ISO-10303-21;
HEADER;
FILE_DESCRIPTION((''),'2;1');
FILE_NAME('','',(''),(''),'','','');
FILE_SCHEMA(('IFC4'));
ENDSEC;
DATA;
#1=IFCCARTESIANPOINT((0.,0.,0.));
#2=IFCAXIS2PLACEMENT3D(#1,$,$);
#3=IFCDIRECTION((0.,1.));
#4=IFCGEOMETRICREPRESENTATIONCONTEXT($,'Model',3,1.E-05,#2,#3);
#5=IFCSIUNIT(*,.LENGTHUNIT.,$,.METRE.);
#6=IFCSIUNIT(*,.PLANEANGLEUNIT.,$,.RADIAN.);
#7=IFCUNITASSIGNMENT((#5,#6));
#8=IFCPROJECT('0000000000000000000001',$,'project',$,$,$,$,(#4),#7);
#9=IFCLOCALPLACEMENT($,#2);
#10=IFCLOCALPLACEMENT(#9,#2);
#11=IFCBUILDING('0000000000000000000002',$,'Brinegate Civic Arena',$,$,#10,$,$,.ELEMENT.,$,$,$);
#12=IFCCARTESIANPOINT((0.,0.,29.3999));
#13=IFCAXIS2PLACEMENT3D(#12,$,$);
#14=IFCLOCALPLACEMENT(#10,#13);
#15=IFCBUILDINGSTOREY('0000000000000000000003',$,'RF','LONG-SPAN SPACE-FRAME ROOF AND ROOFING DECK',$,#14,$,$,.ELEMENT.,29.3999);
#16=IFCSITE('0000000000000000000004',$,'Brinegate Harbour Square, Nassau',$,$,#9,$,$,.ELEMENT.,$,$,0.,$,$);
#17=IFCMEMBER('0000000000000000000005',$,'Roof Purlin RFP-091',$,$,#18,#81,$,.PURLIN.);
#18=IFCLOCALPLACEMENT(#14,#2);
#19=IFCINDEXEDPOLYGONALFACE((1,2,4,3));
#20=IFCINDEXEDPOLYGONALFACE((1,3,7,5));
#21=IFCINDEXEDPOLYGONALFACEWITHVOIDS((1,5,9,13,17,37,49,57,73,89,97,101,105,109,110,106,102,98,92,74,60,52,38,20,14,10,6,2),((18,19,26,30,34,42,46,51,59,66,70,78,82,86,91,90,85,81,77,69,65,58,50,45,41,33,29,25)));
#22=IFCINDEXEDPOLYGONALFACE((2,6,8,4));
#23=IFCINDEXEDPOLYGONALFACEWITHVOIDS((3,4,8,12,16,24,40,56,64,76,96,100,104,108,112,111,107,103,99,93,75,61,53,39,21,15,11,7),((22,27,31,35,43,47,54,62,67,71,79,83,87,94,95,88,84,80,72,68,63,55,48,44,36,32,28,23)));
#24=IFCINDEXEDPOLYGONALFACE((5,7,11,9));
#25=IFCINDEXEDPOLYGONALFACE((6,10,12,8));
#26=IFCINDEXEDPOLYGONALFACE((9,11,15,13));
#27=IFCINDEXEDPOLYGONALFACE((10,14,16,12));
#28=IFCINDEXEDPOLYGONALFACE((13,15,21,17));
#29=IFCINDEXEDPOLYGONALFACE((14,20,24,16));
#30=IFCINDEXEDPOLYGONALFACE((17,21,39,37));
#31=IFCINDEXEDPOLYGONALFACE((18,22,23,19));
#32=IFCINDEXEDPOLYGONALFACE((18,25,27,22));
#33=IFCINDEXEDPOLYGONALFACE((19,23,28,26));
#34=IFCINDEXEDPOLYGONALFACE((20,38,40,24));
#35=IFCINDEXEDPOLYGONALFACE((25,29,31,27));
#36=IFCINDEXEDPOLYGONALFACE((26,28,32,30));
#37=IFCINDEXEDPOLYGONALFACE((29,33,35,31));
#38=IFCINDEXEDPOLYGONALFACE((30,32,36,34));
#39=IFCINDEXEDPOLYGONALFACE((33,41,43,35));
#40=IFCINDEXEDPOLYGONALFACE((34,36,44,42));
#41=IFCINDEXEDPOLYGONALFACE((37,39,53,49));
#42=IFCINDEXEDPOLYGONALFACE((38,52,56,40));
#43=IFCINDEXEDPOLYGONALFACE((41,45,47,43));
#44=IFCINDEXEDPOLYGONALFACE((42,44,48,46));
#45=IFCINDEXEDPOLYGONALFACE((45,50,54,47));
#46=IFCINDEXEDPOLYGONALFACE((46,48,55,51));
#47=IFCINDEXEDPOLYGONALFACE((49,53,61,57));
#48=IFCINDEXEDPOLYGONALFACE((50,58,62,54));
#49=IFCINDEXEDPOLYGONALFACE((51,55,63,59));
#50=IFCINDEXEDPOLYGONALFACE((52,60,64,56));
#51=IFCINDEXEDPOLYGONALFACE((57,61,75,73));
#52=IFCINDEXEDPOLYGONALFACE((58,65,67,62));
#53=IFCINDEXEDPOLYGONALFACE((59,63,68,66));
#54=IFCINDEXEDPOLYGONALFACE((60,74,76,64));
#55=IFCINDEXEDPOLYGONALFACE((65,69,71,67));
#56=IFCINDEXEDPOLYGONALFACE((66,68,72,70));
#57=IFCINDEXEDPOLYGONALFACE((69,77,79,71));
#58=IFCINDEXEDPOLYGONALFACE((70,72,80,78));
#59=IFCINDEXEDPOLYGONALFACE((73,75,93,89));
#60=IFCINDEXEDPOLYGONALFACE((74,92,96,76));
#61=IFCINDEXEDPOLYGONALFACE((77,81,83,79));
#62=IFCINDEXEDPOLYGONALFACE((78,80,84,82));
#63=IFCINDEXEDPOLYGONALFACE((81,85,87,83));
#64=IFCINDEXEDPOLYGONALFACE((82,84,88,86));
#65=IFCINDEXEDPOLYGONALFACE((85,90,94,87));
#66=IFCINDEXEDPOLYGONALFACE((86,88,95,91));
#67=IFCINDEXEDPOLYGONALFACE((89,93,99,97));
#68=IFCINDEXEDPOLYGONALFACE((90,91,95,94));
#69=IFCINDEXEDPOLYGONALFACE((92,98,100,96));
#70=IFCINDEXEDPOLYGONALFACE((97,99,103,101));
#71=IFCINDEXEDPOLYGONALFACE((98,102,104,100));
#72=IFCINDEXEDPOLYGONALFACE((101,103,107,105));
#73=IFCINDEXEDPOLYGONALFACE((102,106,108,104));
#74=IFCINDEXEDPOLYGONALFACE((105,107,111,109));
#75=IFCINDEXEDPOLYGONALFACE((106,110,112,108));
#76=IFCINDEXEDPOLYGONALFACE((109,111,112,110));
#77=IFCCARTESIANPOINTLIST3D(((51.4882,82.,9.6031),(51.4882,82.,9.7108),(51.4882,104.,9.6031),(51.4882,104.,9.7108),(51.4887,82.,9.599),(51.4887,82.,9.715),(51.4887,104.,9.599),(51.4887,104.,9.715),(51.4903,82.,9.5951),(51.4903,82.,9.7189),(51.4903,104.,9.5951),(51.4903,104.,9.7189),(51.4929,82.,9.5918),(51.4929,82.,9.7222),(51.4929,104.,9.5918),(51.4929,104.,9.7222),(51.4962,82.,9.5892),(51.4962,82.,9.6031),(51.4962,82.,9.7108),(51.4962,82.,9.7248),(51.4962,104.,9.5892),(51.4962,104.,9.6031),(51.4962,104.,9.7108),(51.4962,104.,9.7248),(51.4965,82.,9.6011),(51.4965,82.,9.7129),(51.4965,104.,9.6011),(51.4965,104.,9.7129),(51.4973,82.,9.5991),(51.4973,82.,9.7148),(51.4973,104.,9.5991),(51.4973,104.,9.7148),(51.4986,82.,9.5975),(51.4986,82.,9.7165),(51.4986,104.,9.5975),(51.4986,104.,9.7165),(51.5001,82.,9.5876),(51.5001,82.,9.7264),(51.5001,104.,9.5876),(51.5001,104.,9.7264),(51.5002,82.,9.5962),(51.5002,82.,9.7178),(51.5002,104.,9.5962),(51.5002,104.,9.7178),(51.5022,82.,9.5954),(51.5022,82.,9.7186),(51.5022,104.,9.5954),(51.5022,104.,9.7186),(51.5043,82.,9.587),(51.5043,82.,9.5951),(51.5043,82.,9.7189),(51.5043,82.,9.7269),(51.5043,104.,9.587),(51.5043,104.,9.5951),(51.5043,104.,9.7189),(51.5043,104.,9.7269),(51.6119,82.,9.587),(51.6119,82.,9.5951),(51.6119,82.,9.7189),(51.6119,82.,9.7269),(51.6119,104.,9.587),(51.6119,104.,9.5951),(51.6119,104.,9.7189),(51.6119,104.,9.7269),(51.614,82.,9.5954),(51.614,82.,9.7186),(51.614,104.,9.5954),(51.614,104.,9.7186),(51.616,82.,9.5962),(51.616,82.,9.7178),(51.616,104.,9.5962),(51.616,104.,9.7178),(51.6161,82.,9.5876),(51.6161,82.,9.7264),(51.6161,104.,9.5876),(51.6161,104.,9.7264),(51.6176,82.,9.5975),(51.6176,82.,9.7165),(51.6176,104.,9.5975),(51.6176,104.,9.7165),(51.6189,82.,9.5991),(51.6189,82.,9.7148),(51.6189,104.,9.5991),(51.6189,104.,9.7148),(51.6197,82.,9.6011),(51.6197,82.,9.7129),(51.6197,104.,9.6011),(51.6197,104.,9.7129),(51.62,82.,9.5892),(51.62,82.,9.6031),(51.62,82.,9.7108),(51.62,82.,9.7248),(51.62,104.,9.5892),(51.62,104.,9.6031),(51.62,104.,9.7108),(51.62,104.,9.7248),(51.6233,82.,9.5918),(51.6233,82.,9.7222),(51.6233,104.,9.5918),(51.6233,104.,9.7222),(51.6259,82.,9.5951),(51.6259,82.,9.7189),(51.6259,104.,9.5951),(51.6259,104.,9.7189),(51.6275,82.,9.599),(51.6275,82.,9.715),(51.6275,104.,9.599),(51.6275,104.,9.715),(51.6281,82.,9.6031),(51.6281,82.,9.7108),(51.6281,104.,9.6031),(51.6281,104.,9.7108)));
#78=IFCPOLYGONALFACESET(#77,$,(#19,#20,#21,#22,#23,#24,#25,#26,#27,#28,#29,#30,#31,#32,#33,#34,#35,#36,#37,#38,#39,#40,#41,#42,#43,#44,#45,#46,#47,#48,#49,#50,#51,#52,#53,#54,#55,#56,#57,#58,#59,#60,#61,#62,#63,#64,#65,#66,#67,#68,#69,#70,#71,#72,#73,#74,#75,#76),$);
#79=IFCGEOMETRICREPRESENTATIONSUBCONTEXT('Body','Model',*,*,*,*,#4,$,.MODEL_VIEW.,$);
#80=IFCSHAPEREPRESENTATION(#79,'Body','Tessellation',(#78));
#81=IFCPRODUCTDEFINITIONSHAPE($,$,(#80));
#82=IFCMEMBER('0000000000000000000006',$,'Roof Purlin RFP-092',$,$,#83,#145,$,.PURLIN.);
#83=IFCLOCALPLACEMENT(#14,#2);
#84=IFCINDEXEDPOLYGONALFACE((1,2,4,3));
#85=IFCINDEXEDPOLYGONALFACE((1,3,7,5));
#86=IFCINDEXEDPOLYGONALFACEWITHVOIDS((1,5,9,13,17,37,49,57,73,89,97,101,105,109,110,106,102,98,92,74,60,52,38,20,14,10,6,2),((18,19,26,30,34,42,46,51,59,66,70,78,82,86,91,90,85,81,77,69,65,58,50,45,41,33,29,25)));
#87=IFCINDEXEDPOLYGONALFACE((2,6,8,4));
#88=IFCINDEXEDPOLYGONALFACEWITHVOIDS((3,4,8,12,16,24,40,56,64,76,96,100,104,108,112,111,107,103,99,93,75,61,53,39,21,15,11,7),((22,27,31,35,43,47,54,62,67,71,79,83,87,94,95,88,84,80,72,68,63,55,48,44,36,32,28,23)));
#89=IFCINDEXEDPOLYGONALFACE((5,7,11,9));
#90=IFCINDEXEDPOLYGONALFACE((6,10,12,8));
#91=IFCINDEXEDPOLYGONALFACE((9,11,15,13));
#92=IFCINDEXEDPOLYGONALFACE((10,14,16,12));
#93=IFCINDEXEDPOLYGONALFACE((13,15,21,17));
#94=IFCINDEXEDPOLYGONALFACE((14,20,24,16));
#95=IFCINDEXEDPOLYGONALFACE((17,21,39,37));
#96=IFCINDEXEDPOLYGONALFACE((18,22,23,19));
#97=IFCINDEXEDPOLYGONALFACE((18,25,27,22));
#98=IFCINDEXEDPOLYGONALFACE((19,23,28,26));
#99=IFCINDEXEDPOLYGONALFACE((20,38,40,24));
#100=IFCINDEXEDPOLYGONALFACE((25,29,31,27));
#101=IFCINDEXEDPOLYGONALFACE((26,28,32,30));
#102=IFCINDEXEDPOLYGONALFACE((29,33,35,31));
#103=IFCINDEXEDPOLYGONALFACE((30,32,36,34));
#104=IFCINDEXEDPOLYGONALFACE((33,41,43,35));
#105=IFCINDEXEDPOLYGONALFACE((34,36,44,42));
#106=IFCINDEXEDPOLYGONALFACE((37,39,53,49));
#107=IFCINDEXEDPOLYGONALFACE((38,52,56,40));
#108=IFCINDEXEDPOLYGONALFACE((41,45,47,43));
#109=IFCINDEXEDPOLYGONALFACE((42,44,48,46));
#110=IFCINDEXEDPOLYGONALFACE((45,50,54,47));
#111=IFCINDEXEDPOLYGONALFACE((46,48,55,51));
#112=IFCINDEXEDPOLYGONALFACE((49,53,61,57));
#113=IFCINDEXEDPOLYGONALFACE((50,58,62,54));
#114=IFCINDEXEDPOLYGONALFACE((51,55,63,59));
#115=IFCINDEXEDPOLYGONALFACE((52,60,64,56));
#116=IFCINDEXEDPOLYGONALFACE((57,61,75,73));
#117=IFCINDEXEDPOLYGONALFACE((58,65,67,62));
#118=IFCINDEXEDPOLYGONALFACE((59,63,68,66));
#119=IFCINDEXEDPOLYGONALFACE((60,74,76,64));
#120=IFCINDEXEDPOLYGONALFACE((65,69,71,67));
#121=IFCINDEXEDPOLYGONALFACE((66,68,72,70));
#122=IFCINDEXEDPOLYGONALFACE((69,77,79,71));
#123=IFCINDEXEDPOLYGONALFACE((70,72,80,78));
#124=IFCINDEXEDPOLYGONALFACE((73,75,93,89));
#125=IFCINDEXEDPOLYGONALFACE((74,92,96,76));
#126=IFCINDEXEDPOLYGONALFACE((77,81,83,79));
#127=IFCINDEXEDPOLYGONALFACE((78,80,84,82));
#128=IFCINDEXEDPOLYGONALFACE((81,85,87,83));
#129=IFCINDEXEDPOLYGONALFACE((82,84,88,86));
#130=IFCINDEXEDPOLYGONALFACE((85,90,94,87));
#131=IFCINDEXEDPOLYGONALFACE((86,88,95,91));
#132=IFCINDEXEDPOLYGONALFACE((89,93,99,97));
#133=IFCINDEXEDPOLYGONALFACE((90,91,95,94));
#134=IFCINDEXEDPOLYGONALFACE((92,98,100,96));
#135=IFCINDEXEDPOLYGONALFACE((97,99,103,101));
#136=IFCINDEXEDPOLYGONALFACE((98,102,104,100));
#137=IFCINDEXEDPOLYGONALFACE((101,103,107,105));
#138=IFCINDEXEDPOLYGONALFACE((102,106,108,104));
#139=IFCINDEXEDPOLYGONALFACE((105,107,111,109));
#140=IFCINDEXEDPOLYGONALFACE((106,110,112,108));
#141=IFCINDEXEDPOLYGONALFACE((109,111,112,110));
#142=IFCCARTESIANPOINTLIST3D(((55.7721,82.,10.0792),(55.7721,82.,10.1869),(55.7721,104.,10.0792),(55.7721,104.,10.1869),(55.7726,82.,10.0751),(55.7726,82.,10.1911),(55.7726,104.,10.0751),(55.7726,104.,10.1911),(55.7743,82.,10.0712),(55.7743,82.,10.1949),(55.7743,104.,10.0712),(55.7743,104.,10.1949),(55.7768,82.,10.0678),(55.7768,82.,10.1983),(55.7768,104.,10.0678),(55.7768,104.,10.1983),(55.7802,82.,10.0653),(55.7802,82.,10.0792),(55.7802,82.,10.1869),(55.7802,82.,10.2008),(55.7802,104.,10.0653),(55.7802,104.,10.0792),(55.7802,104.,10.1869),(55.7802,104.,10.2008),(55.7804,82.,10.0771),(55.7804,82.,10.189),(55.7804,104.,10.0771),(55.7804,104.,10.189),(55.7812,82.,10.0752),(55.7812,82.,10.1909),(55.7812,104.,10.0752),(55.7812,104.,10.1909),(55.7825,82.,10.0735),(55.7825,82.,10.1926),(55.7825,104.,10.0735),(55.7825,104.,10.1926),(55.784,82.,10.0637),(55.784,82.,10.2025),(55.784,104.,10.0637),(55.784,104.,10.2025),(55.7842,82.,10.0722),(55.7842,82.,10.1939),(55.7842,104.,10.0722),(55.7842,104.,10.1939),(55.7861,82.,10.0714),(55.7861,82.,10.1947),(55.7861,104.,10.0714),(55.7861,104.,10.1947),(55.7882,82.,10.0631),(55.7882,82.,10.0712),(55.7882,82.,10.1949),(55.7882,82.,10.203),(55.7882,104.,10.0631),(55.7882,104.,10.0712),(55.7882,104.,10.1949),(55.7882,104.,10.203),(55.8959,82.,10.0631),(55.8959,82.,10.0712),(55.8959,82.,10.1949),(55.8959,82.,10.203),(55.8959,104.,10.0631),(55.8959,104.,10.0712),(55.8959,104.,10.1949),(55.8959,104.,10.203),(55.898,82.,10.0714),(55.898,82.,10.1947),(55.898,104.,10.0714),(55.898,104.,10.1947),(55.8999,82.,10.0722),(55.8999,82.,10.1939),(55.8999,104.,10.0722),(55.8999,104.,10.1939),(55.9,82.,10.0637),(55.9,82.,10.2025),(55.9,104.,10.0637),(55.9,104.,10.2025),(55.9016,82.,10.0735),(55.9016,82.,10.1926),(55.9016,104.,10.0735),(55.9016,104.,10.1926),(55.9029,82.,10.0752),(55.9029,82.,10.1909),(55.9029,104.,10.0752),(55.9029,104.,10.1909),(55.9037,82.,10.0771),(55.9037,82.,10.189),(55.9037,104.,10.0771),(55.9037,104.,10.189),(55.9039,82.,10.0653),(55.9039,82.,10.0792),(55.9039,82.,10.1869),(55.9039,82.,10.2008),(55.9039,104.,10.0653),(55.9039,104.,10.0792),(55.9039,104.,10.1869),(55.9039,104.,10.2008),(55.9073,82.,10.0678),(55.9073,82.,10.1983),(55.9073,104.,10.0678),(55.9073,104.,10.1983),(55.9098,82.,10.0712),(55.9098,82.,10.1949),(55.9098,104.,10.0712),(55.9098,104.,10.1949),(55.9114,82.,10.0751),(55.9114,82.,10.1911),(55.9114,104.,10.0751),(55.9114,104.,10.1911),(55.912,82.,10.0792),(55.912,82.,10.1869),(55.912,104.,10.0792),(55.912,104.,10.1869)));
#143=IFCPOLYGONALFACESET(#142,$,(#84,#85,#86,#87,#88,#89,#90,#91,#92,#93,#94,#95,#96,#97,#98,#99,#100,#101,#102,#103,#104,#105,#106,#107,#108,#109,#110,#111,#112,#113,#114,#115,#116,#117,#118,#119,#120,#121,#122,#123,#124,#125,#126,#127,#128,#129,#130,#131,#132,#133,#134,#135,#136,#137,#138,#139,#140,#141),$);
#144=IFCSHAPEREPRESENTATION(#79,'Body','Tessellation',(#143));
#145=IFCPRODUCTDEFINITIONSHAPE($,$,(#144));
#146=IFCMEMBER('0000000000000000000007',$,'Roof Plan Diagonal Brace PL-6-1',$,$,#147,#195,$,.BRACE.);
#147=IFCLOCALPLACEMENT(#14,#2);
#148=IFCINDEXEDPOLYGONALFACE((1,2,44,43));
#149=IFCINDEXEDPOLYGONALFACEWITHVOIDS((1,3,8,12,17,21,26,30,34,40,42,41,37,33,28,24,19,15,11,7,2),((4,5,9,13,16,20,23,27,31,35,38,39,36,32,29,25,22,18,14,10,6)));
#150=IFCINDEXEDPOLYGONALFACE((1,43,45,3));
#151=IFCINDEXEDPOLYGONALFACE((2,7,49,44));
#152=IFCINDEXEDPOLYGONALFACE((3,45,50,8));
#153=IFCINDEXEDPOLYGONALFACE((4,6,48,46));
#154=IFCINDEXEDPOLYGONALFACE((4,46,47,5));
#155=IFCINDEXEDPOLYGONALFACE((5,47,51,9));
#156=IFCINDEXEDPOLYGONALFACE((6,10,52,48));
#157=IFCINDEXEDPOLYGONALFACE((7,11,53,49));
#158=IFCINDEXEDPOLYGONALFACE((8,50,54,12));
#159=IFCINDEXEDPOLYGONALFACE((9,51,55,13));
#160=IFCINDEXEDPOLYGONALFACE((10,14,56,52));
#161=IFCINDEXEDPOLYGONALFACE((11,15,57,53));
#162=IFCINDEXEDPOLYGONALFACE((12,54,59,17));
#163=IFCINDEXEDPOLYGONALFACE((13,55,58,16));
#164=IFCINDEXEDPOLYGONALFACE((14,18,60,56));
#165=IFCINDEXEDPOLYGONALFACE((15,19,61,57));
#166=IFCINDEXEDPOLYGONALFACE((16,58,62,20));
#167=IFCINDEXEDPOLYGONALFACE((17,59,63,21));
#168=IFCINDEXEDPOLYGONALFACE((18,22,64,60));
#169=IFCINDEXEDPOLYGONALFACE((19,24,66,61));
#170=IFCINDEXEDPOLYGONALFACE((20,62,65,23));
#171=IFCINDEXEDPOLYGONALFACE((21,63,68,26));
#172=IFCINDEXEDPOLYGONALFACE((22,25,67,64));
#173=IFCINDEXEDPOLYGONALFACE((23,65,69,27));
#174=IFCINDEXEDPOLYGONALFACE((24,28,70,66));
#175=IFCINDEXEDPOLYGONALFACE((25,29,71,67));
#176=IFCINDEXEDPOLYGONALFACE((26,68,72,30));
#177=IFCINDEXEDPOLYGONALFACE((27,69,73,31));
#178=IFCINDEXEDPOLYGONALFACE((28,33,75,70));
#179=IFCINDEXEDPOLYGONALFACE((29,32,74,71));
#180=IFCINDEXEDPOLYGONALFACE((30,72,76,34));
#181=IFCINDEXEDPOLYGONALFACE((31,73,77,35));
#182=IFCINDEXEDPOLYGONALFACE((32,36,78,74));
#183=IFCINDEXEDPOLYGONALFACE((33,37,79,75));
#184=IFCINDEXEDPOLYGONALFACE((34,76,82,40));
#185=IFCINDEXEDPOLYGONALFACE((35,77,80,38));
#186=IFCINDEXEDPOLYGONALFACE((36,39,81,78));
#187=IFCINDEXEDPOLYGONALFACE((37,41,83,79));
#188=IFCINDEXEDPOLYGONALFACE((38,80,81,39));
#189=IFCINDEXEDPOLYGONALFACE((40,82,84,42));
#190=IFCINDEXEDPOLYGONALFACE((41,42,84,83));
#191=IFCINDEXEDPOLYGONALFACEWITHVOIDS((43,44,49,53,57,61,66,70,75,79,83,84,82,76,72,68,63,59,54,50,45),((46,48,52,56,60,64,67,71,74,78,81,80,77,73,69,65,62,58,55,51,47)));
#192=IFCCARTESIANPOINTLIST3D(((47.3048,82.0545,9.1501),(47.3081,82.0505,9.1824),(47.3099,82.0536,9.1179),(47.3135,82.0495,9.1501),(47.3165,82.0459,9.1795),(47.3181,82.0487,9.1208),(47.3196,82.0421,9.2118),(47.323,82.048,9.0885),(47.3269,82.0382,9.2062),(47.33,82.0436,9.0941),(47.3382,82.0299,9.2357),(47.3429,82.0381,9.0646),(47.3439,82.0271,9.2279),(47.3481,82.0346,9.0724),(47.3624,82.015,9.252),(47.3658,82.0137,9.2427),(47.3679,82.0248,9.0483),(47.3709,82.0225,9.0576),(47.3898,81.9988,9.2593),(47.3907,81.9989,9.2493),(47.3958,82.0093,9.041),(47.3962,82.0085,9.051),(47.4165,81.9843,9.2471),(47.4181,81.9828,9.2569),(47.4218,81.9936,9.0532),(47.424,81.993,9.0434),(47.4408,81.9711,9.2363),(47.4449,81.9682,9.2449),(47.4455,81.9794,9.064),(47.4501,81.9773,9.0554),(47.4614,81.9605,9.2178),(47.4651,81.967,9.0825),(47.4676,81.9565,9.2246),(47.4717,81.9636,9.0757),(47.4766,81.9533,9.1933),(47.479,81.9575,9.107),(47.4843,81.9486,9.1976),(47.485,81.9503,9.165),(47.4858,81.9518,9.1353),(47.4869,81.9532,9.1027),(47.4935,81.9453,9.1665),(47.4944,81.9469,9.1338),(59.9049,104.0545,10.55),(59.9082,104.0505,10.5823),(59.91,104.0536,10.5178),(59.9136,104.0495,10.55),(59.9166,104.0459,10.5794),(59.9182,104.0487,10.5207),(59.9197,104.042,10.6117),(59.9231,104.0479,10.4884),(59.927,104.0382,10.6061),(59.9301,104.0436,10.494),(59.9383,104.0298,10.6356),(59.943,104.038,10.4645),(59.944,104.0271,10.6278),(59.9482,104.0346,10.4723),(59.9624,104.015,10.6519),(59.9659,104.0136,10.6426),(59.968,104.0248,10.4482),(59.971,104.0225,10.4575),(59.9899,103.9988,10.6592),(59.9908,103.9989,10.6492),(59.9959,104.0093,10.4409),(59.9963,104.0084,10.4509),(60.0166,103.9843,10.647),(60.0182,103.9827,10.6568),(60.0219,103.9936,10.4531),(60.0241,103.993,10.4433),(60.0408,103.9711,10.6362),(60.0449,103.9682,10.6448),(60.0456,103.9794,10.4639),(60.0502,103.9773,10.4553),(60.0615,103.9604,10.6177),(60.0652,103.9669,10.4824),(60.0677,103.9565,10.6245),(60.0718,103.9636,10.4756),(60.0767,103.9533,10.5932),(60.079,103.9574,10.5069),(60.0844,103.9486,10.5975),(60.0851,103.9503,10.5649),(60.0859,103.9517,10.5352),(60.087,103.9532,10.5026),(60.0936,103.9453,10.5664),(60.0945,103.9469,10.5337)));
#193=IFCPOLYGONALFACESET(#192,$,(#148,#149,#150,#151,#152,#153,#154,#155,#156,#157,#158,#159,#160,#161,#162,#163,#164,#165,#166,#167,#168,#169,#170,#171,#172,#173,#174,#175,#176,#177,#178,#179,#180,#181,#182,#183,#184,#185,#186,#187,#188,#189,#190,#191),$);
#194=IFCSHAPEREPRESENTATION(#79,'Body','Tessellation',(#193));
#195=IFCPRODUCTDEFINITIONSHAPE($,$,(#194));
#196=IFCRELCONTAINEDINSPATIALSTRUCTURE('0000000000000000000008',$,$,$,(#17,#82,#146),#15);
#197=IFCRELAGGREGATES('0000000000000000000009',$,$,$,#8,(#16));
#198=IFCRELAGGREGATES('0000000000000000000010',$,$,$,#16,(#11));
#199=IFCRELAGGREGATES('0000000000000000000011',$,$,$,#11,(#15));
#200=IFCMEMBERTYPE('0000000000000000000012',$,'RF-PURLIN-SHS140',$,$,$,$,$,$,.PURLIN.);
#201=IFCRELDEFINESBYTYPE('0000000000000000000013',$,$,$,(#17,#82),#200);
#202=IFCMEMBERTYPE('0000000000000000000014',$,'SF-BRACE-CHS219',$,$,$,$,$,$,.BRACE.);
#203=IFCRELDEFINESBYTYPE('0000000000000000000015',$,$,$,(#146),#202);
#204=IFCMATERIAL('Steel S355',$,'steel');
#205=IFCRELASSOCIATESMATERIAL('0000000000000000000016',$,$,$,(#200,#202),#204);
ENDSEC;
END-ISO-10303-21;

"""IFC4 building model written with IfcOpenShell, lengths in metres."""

from ifc_helpers import new_model, si_unit, direction, frame, origin, origin_2d, place, context, subcontext, project, spatial, hollow_rectangle, hollow_circle, extrude, material, material_profile, profile_set, type_object, element, save


model = new_model("IFC4")

# Units and contexts
model_context = context("Model", 3, precision=1e-05, world=origin(), true_north=direction((0.0, 1.0)))
body_context = subcontext(model_context, "Body", "Model", "MODEL_VIEW")
ifc_project = project(units=[si_unit("LENGTHUNIT", "METRE"), si_unit("PLANEANGLEUNIT", "RADIAN")], contexts=[model_context])

# Site, building, storey
site_placement = place(None, origin())
site = spatial("IfcSite", under=ifc_project, at=site_placement, Name="Brinegate Harbour Square, Nassau", CompositionType="ELEMENT", RefElevation=0.0)
building_placement = place(site_placement, origin())
building = spatial("IfcBuilding", under=site, at=building_placement, Name="Brinegate Civic Arena", CompositionType="ELEMENT")
storey_placement = place(building_placement, frame((0.0, 0.0, 29.3999)))
storey = spatial("IfcBuildingStorey", under=building, at=storey_placement, Name="RF", Description="LONG-SPAN SPACE-FRAME ROOF AND ROOFING DECK", CompositionType="ELEMENT", Elevation=29.3999)

# Shared definitions
ifc_material_1 = material(Name="Steel S355", Category="steel")

# Members
ifc_material_profile_1 = material_profile(ifc_material_1, hollow_rectangle(XDim=0.1399, YDim=0.1399, WallThickness=0.0081, InnerFilletRadius=0.0081, OuterFilletRadius=0.0161, at=origin_2d()), Name="SHS140X8")
ifc_profile_set_1 = profile_set([ifc_material_profile_1], Name="Steel S355")
member_type_1 = type_object("IfcMemberType", Name="RF-PURLIN-SHS140", PredefinedType="PURLIN", material=ifc_profile_set_1)
for number, where, z_axis, x_axis, name in (
    (1, (51.5581, 82.0, 9.657), (0.0, 1.0, 0.0), (-1.0, 0.0, 0.0), "Roof Purlin RFP-091"),
    (2, (55.842, 82.0, 10.1331), (0.0, 1.0, 0.0), (-1.0, 0.0, 0.0), "Roof Purlin RFP-092"),
):
    element("IfcMember", number, at=place(storey_placement, frame(where, z_axis=z_axis, x_axis=x_axis)), inside=storey, type_object=member_type_1, Name=name, PredefinedType="PURLIN", context=body_context, shape_type="SweptSolid", body=[
        extrude(hollow_rectangle(XDim=0.1399, YDim=0.1399, WallThickness=0.0081, InnerFilletRadius=0.0081, OuterFilletRadius=0.0161, at=origin_2d()), origin(), (0.0, 0.0, 1.0), 22.0),
    ])
ifc_material_profile_2 = material_profile(ifc_material_1, hollow_circle(Radius=0.1096, WallThickness=0.01, at=origin_2d()), Name="CHS219X10")
ifc_profile_set_2 = profile_set([ifc_material_profile_2], Name="Steel S355")
member_type_2 = type_object("IfcMemberType", Name="SF-BRACE-CHS219", PredefinedType="BRACE", material=ifc_profile_set_2)
member_1_placement = place(storey_placement, frame((47.3999, 82.0, 9.1501), z_axis=(0.496235, 0.866436, 0.055133), x_axis=(-0.867756, 0.496991, 0.0)))
element("IfcMember", 3, at=member_1_placement, inside=storey, type_object=member_type_2, Name="Roof Plan Diagonal Brace PL-6-1", PredefinedType="BRACE", context=body_context, shape_type="SweptSolid", body=[
    extrude(hollow_circle(Radius=0.1096, WallThickness=0.01, at=origin_2d()), origin(), (0.0, 0.0, 1.0), 25.3914),
])

save(model, "model.ifc")
